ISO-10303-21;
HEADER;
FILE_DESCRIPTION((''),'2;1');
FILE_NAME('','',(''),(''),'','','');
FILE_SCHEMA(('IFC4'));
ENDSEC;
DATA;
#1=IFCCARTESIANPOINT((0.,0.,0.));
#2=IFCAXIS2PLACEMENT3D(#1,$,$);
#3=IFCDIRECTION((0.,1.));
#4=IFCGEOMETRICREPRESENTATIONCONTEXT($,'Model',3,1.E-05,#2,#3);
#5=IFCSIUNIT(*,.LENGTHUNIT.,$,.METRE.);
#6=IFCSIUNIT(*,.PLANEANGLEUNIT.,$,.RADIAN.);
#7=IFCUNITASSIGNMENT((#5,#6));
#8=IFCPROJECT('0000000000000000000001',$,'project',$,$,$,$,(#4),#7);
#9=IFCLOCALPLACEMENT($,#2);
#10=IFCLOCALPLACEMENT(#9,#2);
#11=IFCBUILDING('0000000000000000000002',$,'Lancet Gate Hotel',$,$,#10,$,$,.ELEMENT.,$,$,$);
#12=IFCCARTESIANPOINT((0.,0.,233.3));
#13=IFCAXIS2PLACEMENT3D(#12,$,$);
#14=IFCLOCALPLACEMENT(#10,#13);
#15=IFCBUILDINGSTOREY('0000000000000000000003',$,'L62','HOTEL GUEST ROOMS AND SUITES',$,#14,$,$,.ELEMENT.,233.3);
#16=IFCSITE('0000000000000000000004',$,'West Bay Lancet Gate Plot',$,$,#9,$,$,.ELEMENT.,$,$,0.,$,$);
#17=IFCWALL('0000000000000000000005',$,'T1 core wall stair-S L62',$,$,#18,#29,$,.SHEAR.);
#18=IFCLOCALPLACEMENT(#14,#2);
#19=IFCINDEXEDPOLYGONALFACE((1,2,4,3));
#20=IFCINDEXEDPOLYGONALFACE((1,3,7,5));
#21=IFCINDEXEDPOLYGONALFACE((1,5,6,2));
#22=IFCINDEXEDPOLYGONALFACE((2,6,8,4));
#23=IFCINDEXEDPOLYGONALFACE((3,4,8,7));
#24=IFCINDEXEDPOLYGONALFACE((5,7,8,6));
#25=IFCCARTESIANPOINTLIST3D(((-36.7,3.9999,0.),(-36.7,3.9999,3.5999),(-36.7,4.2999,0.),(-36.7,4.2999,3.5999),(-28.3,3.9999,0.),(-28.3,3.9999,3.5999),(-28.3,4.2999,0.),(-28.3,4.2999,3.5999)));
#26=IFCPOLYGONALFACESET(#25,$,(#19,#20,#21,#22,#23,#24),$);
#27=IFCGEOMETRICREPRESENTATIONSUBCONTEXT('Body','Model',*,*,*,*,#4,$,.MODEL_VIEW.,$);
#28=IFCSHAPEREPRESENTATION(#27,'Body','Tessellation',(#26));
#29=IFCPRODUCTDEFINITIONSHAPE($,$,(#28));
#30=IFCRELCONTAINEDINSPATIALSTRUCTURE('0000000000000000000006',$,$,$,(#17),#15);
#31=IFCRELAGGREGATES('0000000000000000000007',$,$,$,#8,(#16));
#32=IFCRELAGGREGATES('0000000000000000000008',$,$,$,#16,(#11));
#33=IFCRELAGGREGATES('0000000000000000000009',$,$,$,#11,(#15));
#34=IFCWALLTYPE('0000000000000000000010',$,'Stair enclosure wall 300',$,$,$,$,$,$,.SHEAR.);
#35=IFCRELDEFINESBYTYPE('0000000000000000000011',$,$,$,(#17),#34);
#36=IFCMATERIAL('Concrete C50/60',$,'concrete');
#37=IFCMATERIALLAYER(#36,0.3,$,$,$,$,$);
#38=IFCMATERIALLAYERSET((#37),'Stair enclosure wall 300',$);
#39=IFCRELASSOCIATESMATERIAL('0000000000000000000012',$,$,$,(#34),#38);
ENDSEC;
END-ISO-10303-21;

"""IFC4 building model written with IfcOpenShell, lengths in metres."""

from ifc_helpers import new_model, si_unit, direction, frame, frame_2d, origin, place, context, subcontext, project, spatial, rectangle, extrude, material, layer, layer_set, type_object, element, save


model = new_model("IFC4")

# Units and contexts
model_context = context("Model", 3, precision=1e-05, world=origin(), true_north=direction((0.0, 1.0)))
body_context = subcontext(model_context, "Body", "Model", "MODEL_VIEW")
ifc_project = project(units=[si_unit("LENGTHUNIT", "METRE"), si_unit("PLANEANGLEUNIT", "RADIAN")], contexts=[model_context])

# Site, building, storey
site_placement = place(None, origin())
site = spatial("IfcSite", under=ifc_project, at=site_placement, Name="West Bay Lancet Gate Plot", CompositionType="ELEMENT", RefElevation=0.0)
building_placement = place(site_placement, origin())
building = spatial("IfcBuilding", under=site, at=building_placement, Name="Lancet Gate Hotel", CompositionType="ELEMENT")
storey_placement = place(building_placement, frame((0.0, 0.0, 233.3)))
storey = spatial("IfcBuildingStorey", under=building, at=storey_placement, Name="L62", Description="HOTEL GUEST ROOMS AND SUITES", CompositionType="ELEMENT", Elevation=233.3)

# Wall
ifc_material_1 = material(Name="Concrete C50/60", Category="concrete")
ifc_layer_1 = layer(ifc_material_1, 0.3)
ifc_layer_set_1 = layer_set([ifc_layer_1], Name="Stair enclosure wall 300")
wall_type_1 = type_object("IfcWallType", Name="Stair enclosure wall 300", PredefinedType="SHEAR", material=ifc_layer_set_1)
wall_1_placement = place(storey_placement, frame((-28.3, 4.1499, 0.0), z_axis=(0.0, 0.0, 1.0), x_axis=(-1.0, 0.0, 0.0)))
element("IfcWall", 1, at=wall_1_placement, inside=storey, type_object=wall_type_1, Name="T1 core wall stair-S L62", PredefinedType="SHEAR", context=body_context, shape_type="SweptSolid", body=[
    extrude(rectangle(XDim=8.3999, YDim=0.3, at=frame_2d((4.2, 0.0))), origin(), (0.0, 0.0, 1.0), 3.5999),
])

save(model, "model.ifc")
